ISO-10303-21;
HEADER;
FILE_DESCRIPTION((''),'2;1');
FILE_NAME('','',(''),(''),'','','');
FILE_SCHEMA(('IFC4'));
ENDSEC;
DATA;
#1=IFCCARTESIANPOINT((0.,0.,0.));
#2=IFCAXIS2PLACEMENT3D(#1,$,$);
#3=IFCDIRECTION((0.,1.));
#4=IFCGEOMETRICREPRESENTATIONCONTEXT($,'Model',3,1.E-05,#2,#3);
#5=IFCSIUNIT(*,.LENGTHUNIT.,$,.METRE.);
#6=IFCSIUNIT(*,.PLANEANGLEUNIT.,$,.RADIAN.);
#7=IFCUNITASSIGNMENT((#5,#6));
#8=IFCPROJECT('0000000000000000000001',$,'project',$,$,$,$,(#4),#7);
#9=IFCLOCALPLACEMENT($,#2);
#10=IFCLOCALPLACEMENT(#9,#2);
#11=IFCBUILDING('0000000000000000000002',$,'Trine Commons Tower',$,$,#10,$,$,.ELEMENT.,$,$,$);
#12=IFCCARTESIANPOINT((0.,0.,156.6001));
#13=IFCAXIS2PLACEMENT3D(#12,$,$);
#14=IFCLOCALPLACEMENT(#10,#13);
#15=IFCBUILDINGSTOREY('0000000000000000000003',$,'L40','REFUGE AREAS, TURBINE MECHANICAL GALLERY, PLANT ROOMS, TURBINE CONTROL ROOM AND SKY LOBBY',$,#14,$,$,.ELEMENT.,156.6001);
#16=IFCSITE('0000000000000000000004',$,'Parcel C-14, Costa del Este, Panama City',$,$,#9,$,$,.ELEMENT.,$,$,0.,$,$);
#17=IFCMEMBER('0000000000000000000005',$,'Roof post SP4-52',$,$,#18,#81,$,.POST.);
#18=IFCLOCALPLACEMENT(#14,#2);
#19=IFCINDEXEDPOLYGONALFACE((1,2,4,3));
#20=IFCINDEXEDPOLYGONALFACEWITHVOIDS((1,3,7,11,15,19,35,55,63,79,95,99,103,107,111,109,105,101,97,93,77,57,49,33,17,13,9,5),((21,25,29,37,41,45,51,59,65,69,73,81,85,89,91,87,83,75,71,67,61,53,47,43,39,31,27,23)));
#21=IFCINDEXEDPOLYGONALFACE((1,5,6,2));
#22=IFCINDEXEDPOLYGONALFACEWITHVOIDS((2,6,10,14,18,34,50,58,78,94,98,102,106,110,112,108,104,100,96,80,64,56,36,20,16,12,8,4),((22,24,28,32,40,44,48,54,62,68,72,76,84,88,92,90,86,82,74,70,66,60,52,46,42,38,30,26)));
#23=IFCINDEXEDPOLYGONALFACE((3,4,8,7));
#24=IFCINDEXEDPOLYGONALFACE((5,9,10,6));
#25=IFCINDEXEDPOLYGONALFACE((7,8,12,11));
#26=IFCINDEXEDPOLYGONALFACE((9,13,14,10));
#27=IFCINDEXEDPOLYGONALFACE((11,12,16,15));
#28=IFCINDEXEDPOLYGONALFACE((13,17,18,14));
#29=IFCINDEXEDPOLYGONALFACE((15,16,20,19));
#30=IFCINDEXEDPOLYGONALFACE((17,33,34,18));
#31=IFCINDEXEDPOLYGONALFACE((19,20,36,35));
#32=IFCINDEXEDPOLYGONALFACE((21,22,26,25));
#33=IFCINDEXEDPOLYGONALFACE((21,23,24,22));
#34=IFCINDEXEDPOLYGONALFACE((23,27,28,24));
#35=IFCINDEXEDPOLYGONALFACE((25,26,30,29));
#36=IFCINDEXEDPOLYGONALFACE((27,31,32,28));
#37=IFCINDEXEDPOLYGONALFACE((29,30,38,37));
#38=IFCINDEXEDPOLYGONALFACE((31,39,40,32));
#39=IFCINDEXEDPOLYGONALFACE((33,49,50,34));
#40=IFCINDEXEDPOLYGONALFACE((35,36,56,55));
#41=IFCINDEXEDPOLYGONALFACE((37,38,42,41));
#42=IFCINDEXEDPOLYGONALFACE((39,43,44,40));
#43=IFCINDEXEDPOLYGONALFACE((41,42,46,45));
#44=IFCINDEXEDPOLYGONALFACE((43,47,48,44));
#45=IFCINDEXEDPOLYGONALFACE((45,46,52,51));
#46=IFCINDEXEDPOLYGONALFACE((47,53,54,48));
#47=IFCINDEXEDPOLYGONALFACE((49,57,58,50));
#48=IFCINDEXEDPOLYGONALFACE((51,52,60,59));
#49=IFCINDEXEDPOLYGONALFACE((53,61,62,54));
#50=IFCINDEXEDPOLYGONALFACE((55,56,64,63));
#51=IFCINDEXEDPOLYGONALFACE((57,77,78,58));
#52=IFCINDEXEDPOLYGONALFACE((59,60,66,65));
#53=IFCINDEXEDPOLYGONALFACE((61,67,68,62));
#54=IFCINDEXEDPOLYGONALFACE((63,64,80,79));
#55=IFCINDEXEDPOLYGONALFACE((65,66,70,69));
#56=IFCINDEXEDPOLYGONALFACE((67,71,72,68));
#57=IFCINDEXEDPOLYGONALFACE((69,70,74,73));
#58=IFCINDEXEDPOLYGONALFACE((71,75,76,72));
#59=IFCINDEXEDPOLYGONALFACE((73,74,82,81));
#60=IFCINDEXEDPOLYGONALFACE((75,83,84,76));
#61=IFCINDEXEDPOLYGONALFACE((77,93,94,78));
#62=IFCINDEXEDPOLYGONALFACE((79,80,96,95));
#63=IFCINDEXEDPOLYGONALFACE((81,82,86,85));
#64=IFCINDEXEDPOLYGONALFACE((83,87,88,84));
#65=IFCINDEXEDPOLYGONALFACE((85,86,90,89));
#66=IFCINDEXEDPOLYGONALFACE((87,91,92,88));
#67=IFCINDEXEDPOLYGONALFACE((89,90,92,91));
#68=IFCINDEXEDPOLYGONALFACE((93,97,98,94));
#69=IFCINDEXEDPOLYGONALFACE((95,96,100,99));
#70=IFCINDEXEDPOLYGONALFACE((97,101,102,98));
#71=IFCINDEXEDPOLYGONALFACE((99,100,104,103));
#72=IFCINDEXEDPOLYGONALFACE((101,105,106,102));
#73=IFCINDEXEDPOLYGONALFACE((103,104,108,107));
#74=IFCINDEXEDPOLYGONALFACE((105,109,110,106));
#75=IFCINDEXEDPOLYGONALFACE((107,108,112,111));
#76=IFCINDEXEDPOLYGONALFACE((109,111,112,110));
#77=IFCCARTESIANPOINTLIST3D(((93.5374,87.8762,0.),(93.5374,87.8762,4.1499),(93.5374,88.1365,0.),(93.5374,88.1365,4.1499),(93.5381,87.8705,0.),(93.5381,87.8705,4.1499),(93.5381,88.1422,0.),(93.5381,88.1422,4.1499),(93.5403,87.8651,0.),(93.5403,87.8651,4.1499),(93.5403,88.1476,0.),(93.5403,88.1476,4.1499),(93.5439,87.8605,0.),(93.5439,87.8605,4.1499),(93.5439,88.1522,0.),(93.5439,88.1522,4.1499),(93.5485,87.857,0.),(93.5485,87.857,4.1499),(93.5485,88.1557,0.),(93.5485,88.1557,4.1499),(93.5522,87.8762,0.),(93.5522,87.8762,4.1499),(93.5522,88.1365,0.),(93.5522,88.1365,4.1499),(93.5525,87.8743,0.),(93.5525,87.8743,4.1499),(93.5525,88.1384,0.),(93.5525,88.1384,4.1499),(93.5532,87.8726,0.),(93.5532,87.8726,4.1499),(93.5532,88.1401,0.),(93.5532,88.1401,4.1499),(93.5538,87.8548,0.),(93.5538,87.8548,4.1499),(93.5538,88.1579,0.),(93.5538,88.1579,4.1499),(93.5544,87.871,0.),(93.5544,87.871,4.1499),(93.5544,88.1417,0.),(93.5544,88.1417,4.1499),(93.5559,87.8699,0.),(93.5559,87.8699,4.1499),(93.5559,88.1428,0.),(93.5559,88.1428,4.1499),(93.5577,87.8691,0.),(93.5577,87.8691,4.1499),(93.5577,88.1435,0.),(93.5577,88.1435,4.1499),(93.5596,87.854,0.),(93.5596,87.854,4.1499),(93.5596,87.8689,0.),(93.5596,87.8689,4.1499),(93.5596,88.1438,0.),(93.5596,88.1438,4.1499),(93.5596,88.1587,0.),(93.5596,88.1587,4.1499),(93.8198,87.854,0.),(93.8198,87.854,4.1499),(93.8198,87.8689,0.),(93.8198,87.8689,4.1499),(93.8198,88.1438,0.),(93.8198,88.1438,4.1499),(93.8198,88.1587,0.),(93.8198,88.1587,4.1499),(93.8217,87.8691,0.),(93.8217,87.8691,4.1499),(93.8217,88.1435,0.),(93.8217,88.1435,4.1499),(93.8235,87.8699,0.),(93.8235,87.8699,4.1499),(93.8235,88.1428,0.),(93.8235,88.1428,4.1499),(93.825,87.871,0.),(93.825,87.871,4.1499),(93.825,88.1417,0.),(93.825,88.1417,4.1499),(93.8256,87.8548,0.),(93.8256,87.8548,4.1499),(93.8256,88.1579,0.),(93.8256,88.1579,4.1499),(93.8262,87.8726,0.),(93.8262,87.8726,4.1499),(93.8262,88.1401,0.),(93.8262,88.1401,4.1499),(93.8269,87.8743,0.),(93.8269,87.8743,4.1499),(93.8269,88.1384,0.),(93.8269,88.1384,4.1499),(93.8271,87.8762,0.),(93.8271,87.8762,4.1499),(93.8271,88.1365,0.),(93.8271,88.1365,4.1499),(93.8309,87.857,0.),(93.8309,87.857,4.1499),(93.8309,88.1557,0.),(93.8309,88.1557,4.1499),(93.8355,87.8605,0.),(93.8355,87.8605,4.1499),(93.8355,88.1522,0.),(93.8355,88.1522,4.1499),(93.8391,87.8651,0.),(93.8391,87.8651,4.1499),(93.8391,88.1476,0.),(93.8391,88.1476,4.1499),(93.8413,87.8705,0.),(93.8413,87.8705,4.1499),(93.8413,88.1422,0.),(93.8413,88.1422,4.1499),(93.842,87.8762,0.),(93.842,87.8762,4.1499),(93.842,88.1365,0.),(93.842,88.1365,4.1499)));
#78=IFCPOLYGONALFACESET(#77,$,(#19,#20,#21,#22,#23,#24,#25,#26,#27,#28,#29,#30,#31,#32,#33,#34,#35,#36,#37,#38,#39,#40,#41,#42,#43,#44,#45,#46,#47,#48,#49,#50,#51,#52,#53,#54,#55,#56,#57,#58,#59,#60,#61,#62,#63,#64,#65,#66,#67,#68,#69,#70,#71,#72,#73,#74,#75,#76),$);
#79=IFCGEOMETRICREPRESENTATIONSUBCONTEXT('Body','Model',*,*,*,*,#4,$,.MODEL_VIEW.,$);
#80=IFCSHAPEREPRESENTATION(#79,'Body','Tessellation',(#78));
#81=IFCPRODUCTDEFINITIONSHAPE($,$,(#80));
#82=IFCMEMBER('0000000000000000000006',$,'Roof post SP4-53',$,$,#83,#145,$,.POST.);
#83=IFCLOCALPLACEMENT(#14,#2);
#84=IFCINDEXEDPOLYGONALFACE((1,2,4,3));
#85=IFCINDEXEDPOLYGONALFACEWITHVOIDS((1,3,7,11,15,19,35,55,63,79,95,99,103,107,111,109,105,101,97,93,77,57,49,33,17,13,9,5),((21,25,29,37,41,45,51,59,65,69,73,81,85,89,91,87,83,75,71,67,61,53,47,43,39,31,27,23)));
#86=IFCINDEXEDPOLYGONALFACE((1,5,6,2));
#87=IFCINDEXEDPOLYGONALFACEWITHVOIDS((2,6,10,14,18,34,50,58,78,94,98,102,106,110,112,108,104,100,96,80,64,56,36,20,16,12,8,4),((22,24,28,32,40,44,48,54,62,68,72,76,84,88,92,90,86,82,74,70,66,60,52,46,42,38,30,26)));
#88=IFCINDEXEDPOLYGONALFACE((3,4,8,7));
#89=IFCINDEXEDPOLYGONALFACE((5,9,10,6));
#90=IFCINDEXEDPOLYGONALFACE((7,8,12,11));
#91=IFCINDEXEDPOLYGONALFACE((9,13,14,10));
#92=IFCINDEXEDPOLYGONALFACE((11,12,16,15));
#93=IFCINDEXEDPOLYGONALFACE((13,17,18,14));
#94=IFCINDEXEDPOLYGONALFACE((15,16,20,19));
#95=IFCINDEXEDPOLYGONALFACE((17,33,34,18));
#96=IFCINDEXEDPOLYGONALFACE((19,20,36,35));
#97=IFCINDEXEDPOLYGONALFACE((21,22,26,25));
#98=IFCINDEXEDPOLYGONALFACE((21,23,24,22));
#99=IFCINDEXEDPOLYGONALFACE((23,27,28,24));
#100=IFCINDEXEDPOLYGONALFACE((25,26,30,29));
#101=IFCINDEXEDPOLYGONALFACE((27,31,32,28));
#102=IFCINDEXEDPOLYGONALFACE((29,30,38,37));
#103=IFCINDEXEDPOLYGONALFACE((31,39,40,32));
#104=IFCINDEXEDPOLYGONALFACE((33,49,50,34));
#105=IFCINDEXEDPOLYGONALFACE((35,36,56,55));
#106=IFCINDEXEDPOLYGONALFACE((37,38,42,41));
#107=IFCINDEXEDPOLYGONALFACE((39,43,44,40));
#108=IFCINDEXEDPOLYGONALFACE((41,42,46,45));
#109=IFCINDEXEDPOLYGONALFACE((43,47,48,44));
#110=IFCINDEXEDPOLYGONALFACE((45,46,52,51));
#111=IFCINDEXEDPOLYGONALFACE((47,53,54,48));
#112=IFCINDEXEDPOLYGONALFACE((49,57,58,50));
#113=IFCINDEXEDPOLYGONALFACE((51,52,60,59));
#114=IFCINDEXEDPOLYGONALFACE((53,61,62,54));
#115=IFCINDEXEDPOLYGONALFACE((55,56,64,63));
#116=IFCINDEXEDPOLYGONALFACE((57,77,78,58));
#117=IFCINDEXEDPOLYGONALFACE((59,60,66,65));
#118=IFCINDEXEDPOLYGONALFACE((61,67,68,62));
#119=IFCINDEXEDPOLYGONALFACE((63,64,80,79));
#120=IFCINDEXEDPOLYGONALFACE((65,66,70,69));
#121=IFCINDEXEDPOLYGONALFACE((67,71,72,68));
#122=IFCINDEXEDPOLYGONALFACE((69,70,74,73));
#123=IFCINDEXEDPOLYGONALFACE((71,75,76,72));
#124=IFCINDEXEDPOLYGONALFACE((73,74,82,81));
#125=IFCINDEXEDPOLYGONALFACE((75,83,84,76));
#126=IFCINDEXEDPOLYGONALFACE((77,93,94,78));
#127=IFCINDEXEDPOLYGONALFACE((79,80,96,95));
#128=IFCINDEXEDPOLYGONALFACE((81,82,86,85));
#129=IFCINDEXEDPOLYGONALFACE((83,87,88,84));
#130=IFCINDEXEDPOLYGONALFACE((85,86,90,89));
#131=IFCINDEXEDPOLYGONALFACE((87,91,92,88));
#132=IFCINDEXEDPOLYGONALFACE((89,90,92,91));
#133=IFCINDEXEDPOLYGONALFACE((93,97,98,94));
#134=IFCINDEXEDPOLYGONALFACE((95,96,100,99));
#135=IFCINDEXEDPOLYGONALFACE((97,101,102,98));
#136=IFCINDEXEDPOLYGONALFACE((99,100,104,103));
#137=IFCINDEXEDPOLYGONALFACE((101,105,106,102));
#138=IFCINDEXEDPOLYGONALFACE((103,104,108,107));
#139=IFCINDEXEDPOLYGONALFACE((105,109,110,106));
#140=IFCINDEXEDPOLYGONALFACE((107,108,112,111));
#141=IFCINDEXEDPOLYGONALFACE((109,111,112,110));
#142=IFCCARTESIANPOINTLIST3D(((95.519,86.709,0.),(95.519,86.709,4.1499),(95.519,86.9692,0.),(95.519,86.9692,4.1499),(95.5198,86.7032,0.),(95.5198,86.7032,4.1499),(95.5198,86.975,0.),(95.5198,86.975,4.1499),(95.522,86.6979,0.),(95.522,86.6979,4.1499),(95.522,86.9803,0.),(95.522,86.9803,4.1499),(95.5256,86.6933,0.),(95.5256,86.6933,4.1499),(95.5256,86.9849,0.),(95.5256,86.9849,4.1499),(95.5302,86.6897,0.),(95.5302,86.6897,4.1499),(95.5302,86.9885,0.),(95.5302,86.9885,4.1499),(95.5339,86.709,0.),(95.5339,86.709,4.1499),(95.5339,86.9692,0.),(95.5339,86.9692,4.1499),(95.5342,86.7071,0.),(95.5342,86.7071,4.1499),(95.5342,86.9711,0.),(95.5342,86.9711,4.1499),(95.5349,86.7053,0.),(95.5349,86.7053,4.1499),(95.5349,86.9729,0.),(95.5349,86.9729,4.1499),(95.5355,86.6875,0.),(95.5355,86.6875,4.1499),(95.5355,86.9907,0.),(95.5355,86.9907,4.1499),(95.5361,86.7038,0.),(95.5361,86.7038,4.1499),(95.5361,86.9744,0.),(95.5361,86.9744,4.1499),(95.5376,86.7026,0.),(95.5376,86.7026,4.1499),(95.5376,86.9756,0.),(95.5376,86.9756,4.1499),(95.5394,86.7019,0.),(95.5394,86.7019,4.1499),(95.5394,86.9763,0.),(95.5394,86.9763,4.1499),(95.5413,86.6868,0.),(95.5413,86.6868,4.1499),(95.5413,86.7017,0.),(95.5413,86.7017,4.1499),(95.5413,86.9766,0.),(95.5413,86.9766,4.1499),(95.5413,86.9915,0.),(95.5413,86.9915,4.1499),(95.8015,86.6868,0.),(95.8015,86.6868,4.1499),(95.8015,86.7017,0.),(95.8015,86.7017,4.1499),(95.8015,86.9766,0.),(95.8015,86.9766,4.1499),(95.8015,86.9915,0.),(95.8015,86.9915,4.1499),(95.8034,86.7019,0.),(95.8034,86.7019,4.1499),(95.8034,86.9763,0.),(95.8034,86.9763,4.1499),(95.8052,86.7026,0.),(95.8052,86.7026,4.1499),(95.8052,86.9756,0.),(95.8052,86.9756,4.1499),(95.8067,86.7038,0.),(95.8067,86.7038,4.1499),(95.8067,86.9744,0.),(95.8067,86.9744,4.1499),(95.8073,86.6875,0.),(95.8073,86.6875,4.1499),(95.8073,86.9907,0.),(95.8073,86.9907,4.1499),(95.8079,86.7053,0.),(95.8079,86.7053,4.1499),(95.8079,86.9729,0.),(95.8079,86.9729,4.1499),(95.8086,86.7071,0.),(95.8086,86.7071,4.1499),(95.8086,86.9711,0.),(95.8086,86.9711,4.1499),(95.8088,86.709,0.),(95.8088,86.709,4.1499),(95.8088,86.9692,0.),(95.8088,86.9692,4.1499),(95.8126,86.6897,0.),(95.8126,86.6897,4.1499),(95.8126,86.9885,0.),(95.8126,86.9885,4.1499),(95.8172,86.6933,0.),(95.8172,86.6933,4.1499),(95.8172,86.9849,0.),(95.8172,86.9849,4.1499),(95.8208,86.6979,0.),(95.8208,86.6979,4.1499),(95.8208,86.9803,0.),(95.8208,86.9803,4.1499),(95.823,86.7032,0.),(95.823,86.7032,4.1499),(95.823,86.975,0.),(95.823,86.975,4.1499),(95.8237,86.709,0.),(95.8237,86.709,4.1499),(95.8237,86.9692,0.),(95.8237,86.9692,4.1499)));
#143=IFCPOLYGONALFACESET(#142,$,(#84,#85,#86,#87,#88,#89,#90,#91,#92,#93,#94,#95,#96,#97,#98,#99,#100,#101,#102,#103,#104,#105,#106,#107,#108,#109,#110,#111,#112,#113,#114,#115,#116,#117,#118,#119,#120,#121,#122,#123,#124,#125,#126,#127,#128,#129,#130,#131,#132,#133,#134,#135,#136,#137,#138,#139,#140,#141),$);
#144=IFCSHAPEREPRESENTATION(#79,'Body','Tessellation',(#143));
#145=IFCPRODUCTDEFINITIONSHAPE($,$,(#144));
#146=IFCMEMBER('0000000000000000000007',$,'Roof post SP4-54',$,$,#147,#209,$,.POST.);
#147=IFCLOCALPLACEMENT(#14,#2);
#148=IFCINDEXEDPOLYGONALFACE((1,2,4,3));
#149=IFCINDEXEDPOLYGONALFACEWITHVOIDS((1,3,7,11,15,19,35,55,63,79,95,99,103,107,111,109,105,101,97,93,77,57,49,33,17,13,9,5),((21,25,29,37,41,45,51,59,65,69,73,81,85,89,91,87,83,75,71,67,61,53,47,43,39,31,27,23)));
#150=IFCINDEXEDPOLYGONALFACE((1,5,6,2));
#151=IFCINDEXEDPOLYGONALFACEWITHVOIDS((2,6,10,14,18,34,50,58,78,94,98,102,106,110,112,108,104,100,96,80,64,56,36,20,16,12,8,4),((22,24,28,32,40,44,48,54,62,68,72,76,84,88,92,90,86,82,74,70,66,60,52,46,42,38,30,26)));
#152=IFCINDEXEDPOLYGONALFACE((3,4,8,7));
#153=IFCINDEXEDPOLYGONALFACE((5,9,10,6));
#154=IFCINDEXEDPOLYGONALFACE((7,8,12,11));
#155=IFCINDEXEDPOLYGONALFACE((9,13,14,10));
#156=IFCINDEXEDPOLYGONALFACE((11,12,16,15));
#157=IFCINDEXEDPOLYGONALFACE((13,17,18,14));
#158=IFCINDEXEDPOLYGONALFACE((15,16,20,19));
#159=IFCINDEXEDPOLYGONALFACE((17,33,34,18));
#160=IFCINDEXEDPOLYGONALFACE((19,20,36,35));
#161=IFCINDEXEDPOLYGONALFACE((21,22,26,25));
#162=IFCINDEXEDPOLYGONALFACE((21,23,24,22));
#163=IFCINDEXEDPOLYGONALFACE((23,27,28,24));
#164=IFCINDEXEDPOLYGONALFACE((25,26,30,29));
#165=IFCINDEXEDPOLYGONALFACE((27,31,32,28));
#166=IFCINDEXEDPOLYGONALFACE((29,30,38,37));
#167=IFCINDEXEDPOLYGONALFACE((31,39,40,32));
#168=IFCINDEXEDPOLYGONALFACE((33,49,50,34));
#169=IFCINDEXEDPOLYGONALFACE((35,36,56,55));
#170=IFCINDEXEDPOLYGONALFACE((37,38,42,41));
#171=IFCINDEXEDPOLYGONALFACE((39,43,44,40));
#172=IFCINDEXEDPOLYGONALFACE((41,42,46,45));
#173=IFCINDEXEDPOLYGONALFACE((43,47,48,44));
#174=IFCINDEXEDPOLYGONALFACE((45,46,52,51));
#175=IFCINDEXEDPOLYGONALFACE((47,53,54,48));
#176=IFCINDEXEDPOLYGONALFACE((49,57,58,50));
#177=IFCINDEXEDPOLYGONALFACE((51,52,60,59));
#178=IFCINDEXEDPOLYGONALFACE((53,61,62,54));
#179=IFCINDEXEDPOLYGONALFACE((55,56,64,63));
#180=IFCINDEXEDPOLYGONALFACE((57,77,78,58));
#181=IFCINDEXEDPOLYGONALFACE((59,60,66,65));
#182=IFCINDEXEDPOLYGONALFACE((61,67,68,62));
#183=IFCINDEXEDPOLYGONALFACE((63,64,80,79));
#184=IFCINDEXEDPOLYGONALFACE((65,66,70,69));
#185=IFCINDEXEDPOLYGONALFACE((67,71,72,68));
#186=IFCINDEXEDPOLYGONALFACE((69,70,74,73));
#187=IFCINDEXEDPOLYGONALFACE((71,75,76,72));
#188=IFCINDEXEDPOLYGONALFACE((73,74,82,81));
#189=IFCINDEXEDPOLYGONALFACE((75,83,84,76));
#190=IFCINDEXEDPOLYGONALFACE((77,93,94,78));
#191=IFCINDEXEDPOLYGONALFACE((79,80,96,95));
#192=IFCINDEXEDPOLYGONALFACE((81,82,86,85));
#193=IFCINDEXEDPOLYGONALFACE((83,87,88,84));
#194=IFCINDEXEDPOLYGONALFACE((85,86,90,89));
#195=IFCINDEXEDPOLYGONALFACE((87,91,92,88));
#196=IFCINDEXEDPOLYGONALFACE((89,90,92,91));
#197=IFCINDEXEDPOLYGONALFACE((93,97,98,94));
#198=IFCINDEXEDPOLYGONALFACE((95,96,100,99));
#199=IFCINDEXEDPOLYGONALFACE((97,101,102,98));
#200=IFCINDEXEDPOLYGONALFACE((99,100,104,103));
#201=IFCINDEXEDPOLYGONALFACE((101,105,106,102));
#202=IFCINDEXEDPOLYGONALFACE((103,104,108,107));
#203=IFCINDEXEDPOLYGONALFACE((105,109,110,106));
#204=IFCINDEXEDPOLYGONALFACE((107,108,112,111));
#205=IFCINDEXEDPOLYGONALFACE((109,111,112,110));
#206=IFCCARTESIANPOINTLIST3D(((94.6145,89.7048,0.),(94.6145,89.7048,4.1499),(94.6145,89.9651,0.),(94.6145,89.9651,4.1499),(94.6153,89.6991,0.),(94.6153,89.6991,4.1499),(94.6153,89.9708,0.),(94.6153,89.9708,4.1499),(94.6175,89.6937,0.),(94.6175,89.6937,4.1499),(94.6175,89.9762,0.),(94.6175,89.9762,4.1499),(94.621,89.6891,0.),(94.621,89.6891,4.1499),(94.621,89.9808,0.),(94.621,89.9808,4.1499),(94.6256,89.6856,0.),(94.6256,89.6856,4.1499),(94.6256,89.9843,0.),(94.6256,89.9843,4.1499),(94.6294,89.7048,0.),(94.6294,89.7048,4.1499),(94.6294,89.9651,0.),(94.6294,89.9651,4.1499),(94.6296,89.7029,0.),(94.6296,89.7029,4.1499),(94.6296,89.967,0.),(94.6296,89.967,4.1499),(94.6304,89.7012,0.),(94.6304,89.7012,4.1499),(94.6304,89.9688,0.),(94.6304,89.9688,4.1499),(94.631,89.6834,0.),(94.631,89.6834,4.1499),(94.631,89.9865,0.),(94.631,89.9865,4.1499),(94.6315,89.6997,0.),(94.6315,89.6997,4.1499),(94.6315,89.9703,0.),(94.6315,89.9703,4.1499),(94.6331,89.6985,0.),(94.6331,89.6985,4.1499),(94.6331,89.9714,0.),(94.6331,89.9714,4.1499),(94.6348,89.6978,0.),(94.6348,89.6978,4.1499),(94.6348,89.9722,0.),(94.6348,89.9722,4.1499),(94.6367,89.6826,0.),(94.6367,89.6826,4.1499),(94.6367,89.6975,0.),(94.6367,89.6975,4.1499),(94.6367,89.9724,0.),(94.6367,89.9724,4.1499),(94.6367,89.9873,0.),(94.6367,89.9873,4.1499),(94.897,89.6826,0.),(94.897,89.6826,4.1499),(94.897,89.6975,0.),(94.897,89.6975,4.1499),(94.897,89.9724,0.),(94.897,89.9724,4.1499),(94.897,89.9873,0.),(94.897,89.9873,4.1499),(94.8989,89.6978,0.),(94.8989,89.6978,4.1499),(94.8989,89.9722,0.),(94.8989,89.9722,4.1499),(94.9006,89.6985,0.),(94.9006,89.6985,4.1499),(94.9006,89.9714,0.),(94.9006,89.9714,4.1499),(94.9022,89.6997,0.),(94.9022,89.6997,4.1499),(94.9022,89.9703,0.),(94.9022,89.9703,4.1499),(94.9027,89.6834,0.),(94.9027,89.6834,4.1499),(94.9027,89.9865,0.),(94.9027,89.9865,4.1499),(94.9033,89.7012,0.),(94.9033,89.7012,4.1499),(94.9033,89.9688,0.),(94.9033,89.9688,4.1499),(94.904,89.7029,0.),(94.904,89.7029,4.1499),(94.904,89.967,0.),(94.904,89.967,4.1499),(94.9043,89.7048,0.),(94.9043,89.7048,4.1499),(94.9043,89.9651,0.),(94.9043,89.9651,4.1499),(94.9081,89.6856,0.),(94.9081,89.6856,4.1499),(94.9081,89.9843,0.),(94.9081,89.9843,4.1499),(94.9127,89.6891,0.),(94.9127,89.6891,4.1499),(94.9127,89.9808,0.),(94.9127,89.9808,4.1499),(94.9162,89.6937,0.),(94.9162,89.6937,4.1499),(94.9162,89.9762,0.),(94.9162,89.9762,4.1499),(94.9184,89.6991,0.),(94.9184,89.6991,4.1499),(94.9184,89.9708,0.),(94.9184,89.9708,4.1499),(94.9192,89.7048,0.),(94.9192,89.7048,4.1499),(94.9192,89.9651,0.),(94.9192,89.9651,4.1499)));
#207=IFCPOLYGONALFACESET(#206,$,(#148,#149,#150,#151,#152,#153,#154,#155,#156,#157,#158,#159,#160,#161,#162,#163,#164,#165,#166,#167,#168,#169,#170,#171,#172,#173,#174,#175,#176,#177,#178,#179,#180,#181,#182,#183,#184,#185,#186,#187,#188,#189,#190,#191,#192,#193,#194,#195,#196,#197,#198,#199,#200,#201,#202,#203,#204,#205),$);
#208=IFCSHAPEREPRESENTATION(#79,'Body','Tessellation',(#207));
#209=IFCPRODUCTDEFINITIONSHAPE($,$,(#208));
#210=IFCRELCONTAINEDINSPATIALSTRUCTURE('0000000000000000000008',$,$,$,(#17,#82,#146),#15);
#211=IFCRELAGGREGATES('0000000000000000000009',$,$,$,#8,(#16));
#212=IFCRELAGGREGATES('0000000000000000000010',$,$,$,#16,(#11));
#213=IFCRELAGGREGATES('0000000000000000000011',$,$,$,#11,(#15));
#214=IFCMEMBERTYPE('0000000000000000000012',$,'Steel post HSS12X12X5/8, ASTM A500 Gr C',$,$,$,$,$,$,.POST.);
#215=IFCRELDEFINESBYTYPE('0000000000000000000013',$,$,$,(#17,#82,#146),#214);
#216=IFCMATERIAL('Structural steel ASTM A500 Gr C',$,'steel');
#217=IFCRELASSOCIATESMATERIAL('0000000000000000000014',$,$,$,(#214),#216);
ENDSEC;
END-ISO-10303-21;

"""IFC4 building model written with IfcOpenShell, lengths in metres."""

from ifc_helpers import new_model, si_unit, direction, frame, origin, origin_2d, place, context, subcontext, project, spatial, hollow_rectangle, extrude, material, material_profile, profile_set, type_object, element, save


model = new_model("IFC4")

# Units and contexts
model_context = context("Model", 3, precision=1e-05, world=origin(), true_north=direction((0.0, 1.0)))
body_context = subcontext(model_context, "Body", "Model", "MODEL_VIEW")
ifc_project = project(units=[si_unit("LENGTHUNIT", "METRE"), si_unit("PLANEANGLEUNIT", "RADIAN")], contexts=[model_context])

# Site, building, storey
site_placement = place(None, origin())
site = spatial("IfcSite", under=ifc_project, at=site_placement, Name="Parcel C-14, Costa del Este, Panama City", CompositionType="ELEMENT", RefElevation=0.0)
building_placement = place(site_placement, origin())
building = spatial("IfcBuilding", under=site, at=building_placement, Name="Trine Commons Tower", CompositionType="ELEMENT")
storey_placement = place(building_placement, frame((0.0, 0.0, 156.6001)))
storey = spatial("IfcBuildingStorey", under=building, at=storey_placement, Name="L40", Description="REFUGE AREAS, TURBINE MECHANICAL GALLERY, PLANT ROOMS, TURBINE CONTROL ROOM AND SKY LOBBY", CompositionType="ELEMENT", Elevation=156.6001)

# Members
ifc_material_1 = material(Name="Structural steel ASTM A500 Gr C", Category="steel")
ifc_material_profile_1 = material_profile(ifc_material_1, hollow_rectangle(XDim=0.3047, YDim=0.3047, WallThickness=0.0149, InnerFilletRadius=0.0073, OuterFilletRadius=0.0222, at=origin_2d()), Name="HSS12X12X5/8")
ifc_profile_set_1 = profile_set([ifc_material_profile_1], Name="Structural steel ASTM A500 Gr C")
member_type_1 = type_object("IfcMemberType", Name="Steel post HSS12X12X5/8, ASTM A500 Gr C", PredefinedType="POST", material=ifc_profile_set_1)
for number, where, z_axis, x_axis, name in (
    (1, (93.6897, 88.0063, 0.0), (0.0, 0.0, 1.0), (1.0, 0.0, 0.0), "Roof post SP4-52"),
    (2, (95.6714, 86.8391, 0.0), (0.0, 0.0, 1.0), (1.0, 0.0, 0.0), "Roof post SP4-53"),
    (3, (94.7668, 89.835, 0.0), (0.0, 0.0, 1.0), (1.0, 0.0, 0.0), "Roof post SP4-54"),
):
    element("IfcMember", number, at=place(storey_placement, frame(where, z_axis=z_axis, x_axis=x_axis)), inside=storey, type_object=member_type_1, Name=name, PredefinedType="POST", context=body_context, shape_type="SweptSolid", body=[
        extrude(hollow_rectangle(XDim=0.3047, YDim=0.3047, WallThickness=0.0149, InnerFilletRadius=0.0073, OuterFilletRadius=0.0222, at=origin_2d()), origin(), (0.0, 0.0, 1.0), 4.1499),
    ])

save(model, "model.ifc")
